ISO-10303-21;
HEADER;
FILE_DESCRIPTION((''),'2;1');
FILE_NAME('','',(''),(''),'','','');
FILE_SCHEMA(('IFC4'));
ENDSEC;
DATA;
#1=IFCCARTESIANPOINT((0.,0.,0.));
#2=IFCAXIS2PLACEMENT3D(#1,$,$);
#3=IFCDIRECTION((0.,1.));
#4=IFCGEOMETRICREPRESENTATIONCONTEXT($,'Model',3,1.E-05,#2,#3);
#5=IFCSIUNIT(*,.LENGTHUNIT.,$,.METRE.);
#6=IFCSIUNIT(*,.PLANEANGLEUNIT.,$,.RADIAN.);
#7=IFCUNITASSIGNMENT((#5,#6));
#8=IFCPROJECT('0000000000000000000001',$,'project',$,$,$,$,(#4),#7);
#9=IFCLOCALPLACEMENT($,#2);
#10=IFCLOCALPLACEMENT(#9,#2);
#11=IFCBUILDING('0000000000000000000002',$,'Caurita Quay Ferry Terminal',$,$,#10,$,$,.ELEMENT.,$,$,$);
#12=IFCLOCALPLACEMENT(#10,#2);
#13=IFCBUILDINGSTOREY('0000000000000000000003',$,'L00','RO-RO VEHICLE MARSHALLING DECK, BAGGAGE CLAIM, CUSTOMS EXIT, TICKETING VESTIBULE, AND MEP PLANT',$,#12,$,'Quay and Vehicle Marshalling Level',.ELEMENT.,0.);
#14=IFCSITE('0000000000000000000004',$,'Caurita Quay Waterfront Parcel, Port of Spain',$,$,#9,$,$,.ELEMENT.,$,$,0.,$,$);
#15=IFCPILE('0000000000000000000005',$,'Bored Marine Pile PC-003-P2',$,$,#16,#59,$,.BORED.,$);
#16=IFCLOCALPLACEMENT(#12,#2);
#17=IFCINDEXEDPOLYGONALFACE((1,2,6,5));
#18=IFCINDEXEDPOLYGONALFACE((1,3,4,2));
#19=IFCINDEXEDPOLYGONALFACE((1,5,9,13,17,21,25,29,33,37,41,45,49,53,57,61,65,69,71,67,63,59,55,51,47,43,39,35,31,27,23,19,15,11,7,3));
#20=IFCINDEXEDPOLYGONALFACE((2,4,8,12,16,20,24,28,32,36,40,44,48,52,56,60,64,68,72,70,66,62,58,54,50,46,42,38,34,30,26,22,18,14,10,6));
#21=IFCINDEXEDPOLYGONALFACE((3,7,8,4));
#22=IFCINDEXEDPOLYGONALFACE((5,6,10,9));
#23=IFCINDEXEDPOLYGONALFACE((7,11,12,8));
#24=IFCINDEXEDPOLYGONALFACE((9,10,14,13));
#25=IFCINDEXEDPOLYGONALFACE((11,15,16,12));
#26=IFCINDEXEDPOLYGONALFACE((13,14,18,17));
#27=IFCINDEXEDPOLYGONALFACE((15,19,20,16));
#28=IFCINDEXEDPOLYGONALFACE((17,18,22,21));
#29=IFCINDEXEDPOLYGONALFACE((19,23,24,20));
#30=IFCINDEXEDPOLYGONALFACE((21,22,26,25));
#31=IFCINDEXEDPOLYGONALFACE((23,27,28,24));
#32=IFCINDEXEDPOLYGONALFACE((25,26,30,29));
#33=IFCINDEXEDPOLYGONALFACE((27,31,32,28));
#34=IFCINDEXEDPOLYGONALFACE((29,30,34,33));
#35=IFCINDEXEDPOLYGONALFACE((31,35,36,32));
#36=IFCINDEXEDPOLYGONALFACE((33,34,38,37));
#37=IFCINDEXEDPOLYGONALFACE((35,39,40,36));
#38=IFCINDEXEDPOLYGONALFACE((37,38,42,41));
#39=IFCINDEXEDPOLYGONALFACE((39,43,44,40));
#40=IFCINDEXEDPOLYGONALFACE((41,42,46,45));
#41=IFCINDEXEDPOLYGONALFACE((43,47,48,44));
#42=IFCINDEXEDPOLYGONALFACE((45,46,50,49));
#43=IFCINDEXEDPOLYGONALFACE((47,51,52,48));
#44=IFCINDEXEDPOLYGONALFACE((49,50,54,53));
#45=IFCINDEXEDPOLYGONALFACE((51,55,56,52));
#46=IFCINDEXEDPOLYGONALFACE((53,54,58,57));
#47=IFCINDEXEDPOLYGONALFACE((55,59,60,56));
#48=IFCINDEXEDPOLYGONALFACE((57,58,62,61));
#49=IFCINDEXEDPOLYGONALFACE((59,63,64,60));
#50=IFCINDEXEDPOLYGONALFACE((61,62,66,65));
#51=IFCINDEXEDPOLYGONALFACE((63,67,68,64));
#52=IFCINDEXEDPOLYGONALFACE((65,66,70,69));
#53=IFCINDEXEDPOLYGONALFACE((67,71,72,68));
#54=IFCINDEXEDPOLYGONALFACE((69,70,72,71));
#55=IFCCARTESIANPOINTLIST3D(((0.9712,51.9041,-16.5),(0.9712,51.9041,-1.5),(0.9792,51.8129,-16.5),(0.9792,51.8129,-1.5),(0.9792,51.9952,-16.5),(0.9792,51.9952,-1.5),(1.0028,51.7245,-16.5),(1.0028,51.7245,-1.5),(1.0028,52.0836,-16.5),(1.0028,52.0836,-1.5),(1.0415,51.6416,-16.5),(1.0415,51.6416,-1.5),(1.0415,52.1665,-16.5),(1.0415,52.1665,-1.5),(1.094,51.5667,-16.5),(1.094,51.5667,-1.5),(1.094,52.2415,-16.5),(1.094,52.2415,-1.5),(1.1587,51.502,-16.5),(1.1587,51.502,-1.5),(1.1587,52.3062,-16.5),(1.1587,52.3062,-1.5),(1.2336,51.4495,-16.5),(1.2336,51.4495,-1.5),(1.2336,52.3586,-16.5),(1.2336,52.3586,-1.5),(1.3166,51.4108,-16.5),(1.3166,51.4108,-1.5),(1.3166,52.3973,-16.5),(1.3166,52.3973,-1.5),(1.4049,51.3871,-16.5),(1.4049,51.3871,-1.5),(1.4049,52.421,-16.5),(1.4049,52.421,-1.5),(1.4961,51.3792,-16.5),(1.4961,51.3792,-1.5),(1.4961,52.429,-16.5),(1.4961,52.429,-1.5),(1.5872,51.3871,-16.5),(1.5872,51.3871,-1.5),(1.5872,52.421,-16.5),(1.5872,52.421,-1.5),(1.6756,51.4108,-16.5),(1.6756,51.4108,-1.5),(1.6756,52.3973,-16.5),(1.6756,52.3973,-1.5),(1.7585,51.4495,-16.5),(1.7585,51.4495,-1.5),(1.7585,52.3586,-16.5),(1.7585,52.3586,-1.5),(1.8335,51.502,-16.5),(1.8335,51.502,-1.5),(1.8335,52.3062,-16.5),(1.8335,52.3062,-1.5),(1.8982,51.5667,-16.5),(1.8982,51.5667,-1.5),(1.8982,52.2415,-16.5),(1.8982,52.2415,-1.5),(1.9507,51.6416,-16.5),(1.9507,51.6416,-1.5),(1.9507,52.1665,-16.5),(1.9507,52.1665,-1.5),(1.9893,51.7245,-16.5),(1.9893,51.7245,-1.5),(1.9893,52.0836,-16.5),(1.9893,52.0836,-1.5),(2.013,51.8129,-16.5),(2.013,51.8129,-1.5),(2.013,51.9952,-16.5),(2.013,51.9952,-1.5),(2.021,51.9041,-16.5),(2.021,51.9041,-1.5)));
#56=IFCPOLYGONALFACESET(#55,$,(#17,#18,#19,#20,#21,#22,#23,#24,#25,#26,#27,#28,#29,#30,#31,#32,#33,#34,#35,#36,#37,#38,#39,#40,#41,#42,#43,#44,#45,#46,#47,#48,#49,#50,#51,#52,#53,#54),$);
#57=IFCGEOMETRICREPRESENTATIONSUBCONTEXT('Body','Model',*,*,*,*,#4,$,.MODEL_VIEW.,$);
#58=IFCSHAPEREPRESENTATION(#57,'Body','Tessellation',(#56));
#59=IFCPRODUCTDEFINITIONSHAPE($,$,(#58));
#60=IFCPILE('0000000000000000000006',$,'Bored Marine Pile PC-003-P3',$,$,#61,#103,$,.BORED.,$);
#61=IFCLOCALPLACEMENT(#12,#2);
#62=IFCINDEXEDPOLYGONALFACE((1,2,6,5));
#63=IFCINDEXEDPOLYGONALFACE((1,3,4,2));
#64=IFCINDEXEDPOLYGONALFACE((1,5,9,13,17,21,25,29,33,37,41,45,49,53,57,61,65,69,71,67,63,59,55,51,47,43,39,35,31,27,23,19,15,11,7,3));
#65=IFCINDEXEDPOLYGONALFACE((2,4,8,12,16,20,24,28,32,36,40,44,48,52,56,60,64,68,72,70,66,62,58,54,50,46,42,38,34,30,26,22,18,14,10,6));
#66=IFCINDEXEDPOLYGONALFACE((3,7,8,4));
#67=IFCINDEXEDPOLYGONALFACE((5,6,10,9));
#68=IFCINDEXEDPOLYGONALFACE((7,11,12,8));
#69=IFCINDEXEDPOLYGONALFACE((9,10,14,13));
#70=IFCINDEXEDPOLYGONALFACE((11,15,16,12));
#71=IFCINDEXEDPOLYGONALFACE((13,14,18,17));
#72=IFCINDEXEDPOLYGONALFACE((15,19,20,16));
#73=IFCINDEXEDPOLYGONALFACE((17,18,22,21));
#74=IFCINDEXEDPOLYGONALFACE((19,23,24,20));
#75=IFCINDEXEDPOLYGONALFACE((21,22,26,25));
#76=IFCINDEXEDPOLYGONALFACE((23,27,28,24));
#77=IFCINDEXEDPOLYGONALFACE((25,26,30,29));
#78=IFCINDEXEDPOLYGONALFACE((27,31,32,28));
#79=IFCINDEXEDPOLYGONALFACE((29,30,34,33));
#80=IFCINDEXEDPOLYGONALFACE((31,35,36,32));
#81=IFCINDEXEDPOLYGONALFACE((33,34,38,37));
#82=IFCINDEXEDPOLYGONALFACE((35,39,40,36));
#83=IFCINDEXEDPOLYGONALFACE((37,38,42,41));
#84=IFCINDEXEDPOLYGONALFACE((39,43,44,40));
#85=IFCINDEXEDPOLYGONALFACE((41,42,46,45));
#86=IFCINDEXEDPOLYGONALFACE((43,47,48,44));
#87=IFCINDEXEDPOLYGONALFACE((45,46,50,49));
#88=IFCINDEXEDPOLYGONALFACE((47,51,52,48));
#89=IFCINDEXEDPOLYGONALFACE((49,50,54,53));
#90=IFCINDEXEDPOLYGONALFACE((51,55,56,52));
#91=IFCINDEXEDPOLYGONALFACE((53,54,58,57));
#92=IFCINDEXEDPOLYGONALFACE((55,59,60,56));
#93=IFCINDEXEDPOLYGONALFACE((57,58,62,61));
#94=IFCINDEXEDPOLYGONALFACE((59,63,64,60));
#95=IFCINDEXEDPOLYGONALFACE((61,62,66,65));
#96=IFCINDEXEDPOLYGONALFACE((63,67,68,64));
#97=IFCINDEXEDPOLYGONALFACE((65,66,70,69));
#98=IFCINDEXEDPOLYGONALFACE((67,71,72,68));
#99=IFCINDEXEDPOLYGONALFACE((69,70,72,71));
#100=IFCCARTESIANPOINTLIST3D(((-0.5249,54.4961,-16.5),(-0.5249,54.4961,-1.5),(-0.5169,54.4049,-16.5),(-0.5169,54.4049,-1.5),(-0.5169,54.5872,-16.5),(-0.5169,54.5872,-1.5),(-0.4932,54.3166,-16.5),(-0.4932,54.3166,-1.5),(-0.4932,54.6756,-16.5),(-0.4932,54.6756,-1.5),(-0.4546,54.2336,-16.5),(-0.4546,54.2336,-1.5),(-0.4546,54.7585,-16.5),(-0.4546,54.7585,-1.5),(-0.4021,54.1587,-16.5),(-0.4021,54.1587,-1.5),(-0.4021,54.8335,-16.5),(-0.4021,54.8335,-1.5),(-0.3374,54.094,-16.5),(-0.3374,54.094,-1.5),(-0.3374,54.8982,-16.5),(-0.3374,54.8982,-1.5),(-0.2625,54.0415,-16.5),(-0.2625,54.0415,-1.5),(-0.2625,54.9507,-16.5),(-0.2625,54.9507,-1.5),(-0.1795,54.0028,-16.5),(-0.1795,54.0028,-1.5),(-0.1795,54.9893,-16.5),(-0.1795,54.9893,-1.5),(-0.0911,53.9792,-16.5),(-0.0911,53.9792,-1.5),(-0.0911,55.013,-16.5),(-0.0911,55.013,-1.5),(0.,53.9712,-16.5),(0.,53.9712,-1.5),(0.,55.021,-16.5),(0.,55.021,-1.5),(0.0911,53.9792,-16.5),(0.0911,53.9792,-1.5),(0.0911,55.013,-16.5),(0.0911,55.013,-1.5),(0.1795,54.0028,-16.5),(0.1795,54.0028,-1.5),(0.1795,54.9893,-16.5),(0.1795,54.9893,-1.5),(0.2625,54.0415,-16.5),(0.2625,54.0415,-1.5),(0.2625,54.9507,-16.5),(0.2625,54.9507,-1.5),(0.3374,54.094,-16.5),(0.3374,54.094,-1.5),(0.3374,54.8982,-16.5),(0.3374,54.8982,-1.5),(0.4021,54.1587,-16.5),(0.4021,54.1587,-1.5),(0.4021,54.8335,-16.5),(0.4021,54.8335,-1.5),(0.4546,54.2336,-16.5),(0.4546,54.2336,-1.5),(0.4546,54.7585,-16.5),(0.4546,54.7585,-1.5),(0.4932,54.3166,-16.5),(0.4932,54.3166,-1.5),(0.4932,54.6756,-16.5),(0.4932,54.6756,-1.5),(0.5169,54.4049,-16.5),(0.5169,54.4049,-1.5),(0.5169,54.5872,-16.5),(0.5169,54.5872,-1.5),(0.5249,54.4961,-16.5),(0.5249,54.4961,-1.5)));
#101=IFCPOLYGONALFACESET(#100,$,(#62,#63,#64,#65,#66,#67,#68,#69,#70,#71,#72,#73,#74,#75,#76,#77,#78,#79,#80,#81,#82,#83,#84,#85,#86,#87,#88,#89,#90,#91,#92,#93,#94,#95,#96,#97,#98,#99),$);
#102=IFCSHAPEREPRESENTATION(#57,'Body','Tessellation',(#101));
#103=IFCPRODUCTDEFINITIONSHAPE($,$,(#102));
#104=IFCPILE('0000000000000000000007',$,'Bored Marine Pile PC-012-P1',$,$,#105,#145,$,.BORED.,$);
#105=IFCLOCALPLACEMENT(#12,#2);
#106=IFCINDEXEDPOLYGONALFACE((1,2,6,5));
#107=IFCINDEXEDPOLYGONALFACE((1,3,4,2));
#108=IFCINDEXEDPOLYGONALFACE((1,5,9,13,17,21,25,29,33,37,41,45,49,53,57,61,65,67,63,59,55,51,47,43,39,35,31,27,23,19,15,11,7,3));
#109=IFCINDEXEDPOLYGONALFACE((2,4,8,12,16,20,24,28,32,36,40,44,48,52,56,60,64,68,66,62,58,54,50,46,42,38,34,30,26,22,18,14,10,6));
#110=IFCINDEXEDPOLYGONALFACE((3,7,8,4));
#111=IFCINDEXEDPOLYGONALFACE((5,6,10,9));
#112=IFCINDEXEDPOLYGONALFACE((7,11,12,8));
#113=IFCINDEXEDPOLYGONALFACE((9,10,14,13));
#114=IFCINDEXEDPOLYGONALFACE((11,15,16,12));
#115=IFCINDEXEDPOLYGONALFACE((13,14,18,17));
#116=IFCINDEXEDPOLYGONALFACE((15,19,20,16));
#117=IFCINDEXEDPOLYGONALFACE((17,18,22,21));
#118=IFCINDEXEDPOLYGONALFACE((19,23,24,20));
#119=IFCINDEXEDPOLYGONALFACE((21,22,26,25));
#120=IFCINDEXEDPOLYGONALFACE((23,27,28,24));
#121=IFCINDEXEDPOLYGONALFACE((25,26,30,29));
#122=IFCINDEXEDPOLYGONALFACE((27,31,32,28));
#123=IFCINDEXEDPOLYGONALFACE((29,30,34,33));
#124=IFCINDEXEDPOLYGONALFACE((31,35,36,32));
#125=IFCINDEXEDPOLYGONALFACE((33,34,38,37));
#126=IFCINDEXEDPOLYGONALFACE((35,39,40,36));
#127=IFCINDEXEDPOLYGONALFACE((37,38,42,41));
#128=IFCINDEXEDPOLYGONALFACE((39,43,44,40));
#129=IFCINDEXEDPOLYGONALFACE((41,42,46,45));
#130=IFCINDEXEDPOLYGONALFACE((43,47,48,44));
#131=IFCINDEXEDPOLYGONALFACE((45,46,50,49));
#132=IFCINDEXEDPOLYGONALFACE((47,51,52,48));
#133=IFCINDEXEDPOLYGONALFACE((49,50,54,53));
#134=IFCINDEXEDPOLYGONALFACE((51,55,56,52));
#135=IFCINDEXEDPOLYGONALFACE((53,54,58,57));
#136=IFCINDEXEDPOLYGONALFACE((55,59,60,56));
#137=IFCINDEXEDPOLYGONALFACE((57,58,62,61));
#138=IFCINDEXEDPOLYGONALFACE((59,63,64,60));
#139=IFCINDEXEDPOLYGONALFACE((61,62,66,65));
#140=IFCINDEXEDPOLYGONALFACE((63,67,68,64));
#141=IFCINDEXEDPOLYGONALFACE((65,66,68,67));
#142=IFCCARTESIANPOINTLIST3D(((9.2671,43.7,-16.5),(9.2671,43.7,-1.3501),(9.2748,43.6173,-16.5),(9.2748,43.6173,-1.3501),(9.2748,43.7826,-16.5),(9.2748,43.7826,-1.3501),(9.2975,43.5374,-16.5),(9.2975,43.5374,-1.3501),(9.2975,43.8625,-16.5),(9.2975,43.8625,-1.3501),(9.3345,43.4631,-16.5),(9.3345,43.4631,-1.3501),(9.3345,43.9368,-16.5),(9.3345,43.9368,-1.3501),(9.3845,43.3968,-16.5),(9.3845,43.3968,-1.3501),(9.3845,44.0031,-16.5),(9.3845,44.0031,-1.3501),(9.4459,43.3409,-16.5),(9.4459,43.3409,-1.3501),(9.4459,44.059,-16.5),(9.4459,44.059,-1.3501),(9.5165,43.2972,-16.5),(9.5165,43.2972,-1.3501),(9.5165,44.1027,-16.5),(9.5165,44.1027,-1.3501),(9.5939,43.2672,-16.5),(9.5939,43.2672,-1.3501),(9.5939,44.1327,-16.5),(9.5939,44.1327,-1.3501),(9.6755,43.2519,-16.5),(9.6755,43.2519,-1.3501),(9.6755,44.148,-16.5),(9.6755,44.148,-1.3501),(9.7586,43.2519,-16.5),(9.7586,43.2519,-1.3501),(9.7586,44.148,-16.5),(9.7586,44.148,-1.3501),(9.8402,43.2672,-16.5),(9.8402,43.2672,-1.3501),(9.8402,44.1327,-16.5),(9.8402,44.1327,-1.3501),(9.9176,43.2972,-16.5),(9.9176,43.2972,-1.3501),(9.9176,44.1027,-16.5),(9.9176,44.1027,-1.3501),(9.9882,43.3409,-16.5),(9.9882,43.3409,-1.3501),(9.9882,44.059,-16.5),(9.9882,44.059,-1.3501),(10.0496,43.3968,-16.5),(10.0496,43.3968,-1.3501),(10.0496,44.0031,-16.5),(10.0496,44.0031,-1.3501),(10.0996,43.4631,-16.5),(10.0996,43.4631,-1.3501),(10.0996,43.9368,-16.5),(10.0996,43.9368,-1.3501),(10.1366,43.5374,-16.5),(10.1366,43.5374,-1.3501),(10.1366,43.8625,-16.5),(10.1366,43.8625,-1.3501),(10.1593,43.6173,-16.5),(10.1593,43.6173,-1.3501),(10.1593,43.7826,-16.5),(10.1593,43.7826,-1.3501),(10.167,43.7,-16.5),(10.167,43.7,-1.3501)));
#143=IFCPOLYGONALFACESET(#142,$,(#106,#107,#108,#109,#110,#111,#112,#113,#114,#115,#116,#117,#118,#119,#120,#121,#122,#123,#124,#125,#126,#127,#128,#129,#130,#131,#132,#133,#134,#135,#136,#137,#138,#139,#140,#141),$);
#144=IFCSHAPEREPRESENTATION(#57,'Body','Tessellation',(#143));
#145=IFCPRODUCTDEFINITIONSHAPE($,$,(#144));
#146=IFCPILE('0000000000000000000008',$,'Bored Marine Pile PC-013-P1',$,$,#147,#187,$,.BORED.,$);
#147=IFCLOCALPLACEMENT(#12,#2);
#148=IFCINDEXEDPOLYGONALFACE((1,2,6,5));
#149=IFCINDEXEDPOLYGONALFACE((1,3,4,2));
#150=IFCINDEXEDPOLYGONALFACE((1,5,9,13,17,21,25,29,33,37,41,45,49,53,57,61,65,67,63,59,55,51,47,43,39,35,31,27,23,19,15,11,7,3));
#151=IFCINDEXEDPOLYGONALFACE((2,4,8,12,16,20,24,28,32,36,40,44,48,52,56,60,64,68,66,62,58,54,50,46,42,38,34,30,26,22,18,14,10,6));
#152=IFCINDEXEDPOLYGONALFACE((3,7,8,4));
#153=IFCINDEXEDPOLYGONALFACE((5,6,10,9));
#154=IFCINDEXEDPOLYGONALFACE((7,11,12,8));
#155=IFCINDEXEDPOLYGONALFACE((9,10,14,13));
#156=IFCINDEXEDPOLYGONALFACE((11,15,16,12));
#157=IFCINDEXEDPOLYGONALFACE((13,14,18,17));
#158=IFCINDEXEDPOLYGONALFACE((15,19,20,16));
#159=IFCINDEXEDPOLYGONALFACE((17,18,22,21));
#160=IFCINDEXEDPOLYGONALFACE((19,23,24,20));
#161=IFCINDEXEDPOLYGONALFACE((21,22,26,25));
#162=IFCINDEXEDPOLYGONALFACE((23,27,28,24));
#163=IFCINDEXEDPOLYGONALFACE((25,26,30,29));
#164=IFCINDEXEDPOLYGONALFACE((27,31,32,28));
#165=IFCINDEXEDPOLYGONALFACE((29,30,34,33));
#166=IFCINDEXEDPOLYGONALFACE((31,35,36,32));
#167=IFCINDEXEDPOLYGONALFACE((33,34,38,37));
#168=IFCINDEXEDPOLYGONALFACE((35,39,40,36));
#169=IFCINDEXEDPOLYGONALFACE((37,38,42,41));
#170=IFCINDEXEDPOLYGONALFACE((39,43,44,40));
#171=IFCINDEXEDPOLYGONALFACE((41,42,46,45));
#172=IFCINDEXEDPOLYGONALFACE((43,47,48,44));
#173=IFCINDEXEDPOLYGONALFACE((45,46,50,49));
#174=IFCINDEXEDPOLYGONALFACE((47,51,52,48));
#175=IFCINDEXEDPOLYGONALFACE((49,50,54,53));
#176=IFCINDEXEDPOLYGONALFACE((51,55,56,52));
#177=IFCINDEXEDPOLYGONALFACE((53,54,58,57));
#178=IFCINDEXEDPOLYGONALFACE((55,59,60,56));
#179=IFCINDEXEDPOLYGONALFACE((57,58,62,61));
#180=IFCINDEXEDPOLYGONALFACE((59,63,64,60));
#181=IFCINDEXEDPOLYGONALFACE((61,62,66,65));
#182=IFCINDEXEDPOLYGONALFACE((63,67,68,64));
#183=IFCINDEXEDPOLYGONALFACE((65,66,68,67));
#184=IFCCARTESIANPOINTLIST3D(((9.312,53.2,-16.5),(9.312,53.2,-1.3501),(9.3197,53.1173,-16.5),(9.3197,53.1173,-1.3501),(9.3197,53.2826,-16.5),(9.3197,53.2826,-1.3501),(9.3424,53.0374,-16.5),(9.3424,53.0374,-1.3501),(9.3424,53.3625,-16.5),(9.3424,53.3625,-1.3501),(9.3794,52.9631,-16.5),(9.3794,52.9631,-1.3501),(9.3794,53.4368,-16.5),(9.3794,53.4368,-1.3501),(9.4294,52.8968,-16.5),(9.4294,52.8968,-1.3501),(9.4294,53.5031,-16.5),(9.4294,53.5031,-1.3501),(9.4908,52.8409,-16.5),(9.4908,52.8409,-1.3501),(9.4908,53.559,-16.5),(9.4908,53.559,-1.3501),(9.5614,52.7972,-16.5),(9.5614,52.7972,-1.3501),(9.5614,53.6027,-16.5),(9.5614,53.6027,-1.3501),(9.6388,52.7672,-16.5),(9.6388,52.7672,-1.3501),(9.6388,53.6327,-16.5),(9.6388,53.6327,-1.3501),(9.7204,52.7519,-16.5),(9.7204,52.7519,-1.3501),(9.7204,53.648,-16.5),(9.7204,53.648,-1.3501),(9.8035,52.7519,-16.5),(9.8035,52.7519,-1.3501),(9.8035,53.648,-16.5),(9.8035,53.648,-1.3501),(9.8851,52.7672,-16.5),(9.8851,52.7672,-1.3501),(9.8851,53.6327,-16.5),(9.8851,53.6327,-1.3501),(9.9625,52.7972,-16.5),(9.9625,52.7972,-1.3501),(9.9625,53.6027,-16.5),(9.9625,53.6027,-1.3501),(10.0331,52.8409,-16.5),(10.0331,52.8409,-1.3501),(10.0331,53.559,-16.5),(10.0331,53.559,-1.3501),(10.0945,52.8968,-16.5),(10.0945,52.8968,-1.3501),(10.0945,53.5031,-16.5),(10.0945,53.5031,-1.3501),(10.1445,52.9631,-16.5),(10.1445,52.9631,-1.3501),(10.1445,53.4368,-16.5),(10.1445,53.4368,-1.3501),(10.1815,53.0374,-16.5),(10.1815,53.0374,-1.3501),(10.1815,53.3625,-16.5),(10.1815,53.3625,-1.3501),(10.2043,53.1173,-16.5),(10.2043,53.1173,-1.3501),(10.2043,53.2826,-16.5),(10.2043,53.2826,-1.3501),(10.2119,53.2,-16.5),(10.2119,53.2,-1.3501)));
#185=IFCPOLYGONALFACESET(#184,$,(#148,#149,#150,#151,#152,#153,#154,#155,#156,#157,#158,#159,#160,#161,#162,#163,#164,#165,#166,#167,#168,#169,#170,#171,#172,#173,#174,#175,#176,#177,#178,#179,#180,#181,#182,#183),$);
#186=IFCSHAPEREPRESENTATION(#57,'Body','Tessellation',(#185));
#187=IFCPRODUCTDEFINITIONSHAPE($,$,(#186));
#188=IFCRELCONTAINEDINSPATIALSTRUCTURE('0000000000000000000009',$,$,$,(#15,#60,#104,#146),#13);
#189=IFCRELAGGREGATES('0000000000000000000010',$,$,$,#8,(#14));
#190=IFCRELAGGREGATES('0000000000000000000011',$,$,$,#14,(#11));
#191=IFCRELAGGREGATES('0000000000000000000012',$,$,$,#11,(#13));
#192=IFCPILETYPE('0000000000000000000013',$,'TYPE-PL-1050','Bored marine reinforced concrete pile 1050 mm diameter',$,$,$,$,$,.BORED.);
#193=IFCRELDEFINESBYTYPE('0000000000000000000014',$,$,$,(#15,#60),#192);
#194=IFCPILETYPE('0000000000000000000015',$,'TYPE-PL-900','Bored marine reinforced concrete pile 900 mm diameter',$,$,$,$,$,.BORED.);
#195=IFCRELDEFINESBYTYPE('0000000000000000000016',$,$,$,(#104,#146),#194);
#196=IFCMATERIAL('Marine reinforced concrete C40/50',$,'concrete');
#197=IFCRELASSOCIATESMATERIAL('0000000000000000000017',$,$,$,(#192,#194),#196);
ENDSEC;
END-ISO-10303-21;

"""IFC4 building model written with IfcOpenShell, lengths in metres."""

from ifc_helpers import new_model, si_unit, direction, frame, origin, origin_2d, place, context, subcontext, project, spatial, circle, extrude, material, material_profile, profile_set, type_object, element, save


model = new_model("IFC4")

# Units and contexts
model_context = context("Model", 3, precision=1e-05, world=origin(), true_north=direction((0.0, 1.0)))
body_context = subcontext(model_context, "Body", "Model", "MODEL_VIEW")
ifc_project = project(units=[si_unit("LENGTHUNIT", "METRE"), si_unit("PLANEANGLEUNIT", "RADIAN")], contexts=[model_context])

# Site, building, storey
site_placement = place(None, origin())
site = spatial("IfcSite", under=ifc_project, at=site_placement, Name="Caurita Quay Waterfront Parcel, Port of Spain", CompositionType="ELEMENT", RefElevation=0.0)
building_placement = place(site_placement, origin())
building = spatial("IfcBuilding", under=site, at=building_placement, Name="Caurita Quay Ferry Terminal", CompositionType="ELEMENT")
storey_placement = place(building_placement, origin())
storey = spatial("IfcBuildingStorey", under=building, at=storey_placement, Name="L00", Description="RO-RO VEHICLE MARSHALLING DECK, BAGGAGE CLAIM, CUSTOMS EXIT, TICKETING VESTIBULE, AND MEP PLANT", LongName="Quay and Vehicle Marshalling Level", CompositionType="ELEMENT", Elevation=0.0)

# Piles
ifc_material_1 = material(Name="Marine reinforced concrete C40/50", Category="concrete")
ifc_material_profile_1 = material_profile(ifc_material_1, circle(Radius=0.5249, at=origin_2d()), Name="PILE-D1050")
ifc_profile_set_1 = profile_set([ifc_material_profile_1], Name="Marine reinforced concrete C40/50")
pile_type_1 = type_object("IfcPileType", Name="TYPE-PL-1050", Description="Bored marine reinforced concrete pile 1050 mm diameter", PredefinedType="BORED", material=ifc_profile_set_1)
for number, where, z_axis, x_axis, name in (
    (1, (1.4961, 51.9041, -1.5), (0.0, 0.0, -1.0), (1.0, 0.0, 0.0), "Bored Marine Pile PC-003-P2"),
    (2, (0.0, 54.4961, -1.5), (0.0, 0.0, -1.0), (1.0, 0.0, 0.0), "Bored Marine Pile PC-003-P3"),
):
    element("IfcPile", number, at=place(storey_placement, frame(where, z_axis=z_axis, x_axis=x_axis)), inside=storey, type_object=pile_type_1, Name=name, PredefinedType="BORED", context=body_context, shape_type="SweptSolid", body=[
        extrude(circle(Radius=0.5249, at=origin_2d()), origin(), (0.0, 0.0, 1.0), 15.0),
    ])
ifc_material_profile_2 = material_profile(ifc_material_1, circle(Radius=0.45, at=origin_2d()), Name="PILE-D900")
ifc_profile_set_2 = profile_set([ifc_material_profile_2], Name="Marine reinforced concrete C40/50")
pile_type_2 = type_object("IfcPileType", Name="TYPE-PL-900", Description="Bored marine reinforced concrete pile 900 mm diameter", PredefinedType="BORED", material=ifc_profile_set_2)
for number, where, z_axis, x_axis, name in (
    (3, (9.717, 43.7, -1.3501), (0.0, 0.0, -1.0), (1.0, 0.0, 0.0), "Bored Marine Pile PC-012-P1"),
    (4, (9.762, 53.2, -1.3501), (0.0, 0.0, -1.0), (1.0, 0.0, 0.0), "Bored Marine Pile PC-013-P1"),
):
    element("IfcPile", number, at=place(storey_placement, frame(where, z_axis=z_axis, x_axis=x_axis)), inside=storey, type_object=pile_type_2, Name=name, PredefinedType="BORED", context=body_context, shape_type="SweptSolid", body=[
        extrude(circle(Radius=0.45, at=origin_2d()), origin(), (0.0, 0.0, 1.0), 15.1499),
    ])

save(model, "model.ifc")
